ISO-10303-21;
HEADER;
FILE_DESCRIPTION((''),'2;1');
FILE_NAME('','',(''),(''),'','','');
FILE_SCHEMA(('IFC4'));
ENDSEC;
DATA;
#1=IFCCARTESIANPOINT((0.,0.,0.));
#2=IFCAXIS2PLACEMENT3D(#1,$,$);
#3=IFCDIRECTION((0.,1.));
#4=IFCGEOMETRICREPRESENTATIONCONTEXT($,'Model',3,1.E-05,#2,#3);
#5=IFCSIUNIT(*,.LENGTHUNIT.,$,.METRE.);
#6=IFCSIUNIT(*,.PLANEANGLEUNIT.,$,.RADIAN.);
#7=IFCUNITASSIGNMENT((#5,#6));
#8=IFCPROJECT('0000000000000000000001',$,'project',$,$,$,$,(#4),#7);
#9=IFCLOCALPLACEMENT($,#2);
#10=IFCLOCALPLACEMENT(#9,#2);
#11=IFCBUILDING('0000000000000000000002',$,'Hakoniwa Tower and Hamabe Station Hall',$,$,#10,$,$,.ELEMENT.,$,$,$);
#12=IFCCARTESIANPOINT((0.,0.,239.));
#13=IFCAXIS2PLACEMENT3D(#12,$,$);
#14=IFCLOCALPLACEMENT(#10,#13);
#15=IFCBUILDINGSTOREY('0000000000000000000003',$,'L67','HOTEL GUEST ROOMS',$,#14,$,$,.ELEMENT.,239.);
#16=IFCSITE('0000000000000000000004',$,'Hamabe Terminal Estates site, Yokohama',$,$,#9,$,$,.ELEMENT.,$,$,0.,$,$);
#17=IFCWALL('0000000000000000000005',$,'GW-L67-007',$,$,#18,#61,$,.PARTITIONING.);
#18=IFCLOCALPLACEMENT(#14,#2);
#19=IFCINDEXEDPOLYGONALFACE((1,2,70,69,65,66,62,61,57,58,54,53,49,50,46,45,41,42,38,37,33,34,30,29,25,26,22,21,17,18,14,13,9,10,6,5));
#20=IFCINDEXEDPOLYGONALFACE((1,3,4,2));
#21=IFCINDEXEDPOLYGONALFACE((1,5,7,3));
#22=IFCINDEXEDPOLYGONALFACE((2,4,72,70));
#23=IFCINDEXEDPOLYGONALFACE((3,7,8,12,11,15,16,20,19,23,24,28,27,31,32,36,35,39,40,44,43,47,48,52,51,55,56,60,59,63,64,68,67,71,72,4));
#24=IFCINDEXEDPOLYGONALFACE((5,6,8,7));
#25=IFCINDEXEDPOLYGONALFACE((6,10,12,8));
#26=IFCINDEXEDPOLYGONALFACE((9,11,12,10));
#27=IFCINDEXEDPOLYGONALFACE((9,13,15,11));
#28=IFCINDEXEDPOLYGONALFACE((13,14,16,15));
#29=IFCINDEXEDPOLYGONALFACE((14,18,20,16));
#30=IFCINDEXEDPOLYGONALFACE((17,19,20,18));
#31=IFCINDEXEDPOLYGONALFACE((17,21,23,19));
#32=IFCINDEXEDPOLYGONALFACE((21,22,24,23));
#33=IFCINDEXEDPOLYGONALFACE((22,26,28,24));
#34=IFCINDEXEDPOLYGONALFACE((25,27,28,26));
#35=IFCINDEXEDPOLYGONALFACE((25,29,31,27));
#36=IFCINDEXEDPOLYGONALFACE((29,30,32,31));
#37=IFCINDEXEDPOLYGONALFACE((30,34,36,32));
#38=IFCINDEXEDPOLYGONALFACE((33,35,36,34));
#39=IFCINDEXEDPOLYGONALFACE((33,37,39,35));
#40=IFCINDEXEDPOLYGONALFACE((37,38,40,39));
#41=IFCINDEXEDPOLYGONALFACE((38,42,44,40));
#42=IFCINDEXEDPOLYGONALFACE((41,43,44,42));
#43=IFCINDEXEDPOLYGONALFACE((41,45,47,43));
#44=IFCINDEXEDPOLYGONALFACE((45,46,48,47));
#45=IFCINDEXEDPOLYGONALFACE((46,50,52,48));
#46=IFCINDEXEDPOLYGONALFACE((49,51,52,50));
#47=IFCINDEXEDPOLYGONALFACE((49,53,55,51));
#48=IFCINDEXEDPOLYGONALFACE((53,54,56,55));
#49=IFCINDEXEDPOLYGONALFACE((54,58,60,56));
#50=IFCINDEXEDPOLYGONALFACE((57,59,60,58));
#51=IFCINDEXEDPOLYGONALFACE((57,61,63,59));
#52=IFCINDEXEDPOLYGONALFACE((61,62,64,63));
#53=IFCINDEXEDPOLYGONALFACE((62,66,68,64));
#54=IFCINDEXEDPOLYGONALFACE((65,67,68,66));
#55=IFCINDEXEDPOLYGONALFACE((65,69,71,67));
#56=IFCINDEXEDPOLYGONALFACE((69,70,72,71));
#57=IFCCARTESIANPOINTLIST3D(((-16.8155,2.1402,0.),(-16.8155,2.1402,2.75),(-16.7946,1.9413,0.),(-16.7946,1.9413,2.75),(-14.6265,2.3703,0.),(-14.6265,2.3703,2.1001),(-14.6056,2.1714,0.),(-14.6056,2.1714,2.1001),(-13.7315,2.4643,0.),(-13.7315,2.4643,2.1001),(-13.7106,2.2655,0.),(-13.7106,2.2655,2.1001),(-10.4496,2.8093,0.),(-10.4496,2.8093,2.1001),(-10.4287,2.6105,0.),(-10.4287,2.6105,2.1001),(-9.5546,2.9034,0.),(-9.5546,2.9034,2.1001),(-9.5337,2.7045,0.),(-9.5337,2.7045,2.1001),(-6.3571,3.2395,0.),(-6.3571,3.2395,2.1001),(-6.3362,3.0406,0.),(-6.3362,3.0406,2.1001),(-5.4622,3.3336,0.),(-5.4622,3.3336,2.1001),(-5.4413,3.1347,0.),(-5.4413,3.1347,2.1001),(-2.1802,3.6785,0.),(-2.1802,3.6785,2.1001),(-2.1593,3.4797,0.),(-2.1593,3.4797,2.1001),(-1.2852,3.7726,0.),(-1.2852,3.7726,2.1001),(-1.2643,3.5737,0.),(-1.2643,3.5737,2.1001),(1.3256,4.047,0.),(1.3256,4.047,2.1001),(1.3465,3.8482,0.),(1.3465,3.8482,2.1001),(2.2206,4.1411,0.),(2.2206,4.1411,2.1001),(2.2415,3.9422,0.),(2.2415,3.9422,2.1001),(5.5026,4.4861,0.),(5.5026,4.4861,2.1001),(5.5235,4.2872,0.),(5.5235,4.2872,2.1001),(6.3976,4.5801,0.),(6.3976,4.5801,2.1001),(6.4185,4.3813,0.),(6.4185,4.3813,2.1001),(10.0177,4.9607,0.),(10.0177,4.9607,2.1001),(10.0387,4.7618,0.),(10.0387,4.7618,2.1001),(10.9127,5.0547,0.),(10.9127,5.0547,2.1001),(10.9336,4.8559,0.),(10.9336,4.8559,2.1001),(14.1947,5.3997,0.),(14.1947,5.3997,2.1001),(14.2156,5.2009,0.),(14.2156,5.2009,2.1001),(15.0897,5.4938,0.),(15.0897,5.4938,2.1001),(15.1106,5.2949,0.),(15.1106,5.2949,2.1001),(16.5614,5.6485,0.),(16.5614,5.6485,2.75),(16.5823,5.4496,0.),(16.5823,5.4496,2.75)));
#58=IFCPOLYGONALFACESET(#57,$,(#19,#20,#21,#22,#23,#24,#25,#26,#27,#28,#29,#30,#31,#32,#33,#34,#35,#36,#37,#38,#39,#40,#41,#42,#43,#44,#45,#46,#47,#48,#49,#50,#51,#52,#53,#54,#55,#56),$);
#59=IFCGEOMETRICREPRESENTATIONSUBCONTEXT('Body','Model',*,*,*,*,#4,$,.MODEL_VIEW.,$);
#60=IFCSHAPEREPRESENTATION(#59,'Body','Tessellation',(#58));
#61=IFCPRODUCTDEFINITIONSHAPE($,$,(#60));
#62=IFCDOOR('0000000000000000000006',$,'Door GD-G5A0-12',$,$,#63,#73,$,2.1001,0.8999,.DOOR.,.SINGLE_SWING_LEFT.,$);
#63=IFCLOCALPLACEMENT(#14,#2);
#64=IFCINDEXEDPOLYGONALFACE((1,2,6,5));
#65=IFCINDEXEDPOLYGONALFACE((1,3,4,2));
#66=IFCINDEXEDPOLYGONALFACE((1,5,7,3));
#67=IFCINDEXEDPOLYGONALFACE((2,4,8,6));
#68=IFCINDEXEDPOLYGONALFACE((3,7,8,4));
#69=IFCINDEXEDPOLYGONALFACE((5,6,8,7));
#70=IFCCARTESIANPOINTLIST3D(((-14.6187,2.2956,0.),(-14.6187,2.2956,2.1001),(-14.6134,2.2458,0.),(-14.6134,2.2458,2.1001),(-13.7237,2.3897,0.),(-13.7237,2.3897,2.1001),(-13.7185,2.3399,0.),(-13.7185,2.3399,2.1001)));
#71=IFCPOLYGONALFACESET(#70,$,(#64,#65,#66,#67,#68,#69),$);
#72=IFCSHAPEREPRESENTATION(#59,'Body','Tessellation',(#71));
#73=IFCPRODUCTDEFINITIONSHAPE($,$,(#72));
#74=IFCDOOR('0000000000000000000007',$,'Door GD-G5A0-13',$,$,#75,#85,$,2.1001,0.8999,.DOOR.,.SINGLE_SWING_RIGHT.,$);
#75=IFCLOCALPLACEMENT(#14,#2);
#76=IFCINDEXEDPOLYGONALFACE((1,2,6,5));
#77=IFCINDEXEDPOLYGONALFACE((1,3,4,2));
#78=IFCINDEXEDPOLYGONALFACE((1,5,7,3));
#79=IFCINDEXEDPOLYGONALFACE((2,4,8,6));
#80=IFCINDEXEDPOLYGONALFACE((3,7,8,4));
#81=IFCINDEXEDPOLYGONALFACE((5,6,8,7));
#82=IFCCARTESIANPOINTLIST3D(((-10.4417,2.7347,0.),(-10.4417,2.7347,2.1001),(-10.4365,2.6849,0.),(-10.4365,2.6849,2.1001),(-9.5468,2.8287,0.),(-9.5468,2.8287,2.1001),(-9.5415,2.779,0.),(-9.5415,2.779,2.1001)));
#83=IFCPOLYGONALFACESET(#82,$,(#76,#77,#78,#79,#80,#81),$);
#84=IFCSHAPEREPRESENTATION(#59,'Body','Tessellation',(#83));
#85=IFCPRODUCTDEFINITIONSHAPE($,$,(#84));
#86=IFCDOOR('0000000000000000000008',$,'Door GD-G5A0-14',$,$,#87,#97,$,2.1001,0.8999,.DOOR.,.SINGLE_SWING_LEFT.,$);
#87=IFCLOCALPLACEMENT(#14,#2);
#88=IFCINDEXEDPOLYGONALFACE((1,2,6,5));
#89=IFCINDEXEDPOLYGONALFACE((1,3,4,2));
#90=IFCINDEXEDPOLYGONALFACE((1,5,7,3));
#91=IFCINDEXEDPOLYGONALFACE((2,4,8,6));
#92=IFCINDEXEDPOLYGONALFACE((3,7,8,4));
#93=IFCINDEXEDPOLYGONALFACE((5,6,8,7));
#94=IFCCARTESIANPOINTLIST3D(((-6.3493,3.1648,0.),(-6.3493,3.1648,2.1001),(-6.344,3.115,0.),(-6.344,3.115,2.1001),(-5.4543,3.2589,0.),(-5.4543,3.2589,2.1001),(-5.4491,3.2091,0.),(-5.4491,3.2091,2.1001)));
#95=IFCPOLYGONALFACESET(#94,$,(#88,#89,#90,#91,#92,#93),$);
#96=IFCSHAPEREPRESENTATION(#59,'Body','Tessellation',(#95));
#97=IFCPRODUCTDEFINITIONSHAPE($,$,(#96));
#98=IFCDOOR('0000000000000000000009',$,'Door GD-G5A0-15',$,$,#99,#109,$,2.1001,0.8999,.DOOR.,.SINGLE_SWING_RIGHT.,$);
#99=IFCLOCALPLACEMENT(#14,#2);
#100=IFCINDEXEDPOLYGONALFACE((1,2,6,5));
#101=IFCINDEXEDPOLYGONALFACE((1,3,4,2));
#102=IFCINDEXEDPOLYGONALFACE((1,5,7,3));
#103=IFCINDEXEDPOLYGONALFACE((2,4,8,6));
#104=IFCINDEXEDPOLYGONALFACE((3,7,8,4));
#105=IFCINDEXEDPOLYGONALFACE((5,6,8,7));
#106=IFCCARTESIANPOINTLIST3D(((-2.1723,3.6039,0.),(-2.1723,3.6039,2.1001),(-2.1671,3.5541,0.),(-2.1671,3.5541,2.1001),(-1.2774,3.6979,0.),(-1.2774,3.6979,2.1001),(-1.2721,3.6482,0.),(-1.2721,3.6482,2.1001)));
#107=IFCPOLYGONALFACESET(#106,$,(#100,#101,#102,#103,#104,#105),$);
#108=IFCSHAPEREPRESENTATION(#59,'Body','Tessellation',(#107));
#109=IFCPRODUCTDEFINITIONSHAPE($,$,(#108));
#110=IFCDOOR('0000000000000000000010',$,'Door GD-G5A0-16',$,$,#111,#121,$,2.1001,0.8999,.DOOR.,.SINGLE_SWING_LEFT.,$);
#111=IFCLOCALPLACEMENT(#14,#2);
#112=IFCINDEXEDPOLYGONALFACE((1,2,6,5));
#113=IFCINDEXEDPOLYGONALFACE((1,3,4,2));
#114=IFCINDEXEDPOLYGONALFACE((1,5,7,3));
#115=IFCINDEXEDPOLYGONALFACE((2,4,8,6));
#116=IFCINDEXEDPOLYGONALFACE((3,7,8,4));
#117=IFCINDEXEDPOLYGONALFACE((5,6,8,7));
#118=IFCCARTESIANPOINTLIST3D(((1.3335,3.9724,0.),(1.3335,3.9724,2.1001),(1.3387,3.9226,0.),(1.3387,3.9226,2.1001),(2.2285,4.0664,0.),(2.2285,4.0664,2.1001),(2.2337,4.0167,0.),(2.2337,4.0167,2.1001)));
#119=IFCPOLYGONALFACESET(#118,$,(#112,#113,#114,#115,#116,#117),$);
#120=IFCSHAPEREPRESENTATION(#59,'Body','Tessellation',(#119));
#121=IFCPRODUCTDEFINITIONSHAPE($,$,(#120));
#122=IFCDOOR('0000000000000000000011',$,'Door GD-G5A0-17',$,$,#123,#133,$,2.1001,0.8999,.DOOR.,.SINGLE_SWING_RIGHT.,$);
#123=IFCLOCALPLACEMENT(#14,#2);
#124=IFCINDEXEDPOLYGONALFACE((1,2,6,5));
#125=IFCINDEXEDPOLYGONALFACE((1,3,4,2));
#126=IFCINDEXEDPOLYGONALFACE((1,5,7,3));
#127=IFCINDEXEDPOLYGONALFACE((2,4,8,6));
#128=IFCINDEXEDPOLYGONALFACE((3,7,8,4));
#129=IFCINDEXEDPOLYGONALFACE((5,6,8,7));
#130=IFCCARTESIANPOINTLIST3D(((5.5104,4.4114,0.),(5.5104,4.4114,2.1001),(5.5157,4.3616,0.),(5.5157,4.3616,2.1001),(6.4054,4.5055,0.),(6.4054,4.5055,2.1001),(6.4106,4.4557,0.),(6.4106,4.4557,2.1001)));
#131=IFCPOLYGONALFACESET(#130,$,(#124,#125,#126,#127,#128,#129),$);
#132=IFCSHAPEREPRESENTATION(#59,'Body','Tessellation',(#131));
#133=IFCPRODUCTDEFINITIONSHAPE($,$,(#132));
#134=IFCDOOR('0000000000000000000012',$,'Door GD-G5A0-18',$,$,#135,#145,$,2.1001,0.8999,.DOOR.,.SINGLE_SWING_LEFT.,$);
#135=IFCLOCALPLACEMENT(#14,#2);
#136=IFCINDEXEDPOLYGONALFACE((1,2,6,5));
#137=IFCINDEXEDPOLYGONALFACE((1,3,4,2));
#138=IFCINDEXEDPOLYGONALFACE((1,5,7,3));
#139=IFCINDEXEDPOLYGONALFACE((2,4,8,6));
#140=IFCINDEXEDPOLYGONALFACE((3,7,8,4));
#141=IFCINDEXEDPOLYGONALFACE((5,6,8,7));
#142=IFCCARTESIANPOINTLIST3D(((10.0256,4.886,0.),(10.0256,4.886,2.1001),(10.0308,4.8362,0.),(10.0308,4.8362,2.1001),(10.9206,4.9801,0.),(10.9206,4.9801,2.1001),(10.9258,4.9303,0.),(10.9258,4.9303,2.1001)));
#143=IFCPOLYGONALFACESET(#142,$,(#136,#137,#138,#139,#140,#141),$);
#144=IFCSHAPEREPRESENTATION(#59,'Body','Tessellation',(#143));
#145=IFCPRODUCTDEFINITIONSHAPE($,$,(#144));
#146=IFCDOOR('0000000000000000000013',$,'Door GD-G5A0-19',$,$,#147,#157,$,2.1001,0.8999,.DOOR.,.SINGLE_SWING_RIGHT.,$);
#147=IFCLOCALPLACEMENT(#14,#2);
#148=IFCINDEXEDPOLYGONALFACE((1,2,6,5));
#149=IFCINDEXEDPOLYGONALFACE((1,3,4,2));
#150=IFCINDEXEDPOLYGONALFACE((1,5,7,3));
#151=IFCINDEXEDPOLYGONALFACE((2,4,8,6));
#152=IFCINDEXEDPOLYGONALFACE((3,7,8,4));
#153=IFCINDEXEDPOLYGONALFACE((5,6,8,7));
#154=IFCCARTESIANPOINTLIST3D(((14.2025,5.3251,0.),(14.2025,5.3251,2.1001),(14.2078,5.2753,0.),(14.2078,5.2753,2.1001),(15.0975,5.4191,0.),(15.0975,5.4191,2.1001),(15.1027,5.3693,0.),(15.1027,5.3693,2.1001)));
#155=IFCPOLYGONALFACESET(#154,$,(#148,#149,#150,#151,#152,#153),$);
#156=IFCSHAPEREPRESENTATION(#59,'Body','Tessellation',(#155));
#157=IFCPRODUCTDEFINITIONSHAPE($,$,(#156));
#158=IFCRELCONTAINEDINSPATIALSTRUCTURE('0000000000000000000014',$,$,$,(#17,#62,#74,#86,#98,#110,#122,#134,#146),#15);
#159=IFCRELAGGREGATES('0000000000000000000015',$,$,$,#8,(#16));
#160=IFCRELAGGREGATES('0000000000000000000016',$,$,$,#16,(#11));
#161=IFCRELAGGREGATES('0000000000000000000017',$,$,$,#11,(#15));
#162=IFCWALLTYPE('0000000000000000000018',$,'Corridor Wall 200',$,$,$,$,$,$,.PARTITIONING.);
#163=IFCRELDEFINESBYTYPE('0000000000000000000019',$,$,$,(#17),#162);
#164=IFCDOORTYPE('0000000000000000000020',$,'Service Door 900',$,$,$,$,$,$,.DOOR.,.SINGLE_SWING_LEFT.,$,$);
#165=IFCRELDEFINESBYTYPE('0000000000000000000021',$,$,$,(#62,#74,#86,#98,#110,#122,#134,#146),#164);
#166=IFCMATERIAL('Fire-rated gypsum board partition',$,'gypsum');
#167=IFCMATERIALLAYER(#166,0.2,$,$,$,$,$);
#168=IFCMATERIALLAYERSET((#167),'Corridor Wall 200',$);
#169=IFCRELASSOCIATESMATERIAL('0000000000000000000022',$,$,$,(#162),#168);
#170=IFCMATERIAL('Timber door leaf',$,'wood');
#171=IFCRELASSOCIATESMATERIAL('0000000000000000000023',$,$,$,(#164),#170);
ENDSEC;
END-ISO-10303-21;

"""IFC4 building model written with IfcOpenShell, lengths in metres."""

from ifc_helpers import new_model, si_unit, direction, frame, frame_2d, origin, place, context, subcontext, project, spatial, rectangle, extrude, material, layer, layer_set, type_object, element, fill, save


model = new_model("IFC4")

# Units and contexts
model_context = context("Model", 3, precision=1e-05, world=origin(), true_north=direction((0.0, 1.0)))
body_context = subcontext(model_context, "Body", "Model", "MODEL_VIEW")
ifc_project = project(units=[si_unit("LENGTHUNIT", "METRE"), si_unit("PLANEANGLEUNIT", "RADIAN")], contexts=[model_context])

# Site, building, storey
site_placement = place(None, origin())
site = spatial("IfcSite", under=ifc_project, at=site_placement, Name="Hamabe Terminal Estates site, Yokohama", CompositionType="ELEMENT", RefElevation=0.0)
building_placement = place(site_placement, origin())
building = spatial("IfcBuilding", under=site, at=building_placement, Name="Hakoniwa Tower and Hamabe Station Hall", CompositionType="ELEMENT")
storey_placement = place(building_placement, frame((0.0, 0.0, 239.0)))
storey = spatial("IfcBuildingStorey", under=building, at=storey_placement, Name="L67", Description="HOTEL GUEST ROOMS", CompositionType="ELEMENT", Elevation=239.0)

# Wall, openings, doors
ifc_material_1 = material(Name="Fire-rated gypsum board partition", Category="gypsum")
ifc_layer_1 = layer(ifc_material_1, 0.2)
ifc_layer_set_1 = layer_set([ifc_layer_1], Name="Corridor Wall 200")
wall_type_1 = type_object("IfcWallType", Name="Corridor Wall 200", PredefinedType="PARTITIONING", material=ifc_layer_set_1)
wall_1_placement = place(storey_placement, frame((-16.8049, 2.0408, 0.0), z_axis=(0.0, 0.0, 1.0), x_axis=(0.994521, 0.104536, 0.0)))
wall_1 = element("IfcWall", 1, at=wall_1_placement, inside=storey, type_object=wall_type_1, Name="GW-L67-007", PredefinedType="PARTITIONING", context=body_context, shape_type="SweptSolid", body=[
    extrude(rectangle(XDim=33.5608, YDim=0.2, at=frame_2d((16.7803, 0.0))), origin(), (0.0, 0.0, 1.0), 2.75),
])
opening_1_placement = place(wall_1_placement, frame((2.2009, 0.0, 0.0)))
opening_1 = element("IfcOpeningElement", 2, at=opening_1_placement, cuts=wall_1, PredefinedType="OPENING", context=body_context, shape_type="SweptSolid", body=[
    extrude(rectangle(XDim=0.8999, YDim=2.1001, at=frame_2d((0.45, 1.05))), frame((0.0, 0.1099, 0.0), z_axis=(0.0, -1.0, 0.0), x_axis=(1.0, 0.0, 0.0)), (0.0, 0.0, 1.0), 0.22),
])
opening_2_placement = place(wall_1_placement, frame((6.4009, 0.0, 0.0)))
opening_2 = element("IfcOpeningElement", 3, at=opening_2_placement, cuts=wall_1, PredefinedType="OPENING", context=body_context, shape_type="SweptSolid", body=[
    extrude(rectangle(XDim=0.8999, YDim=2.1001, at=frame_2d((0.45, 1.05))), frame((0.0, 0.1099, 0.0), z_axis=(0.0, -1.0, 0.0), x_axis=(1.0, 0.0, 0.0)), (0.0, 0.0, 1.0), 0.22),
])
opening_3_placement = place(wall_1_placement, frame((10.5159, 0.0, 0.0)))
opening_3 = element("IfcOpeningElement", 4, at=opening_3_placement, cuts=wall_1, PredefinedType="OPENING", context=body_context, shape_type="SweptSolid", body=[
    extrude(rectangle(XDim=0.8999, YDim=2.1001, at=frame_2d((0.45, 1.05))), frame((0.0, 0.1099, 0.0), z_axis=(0.0, -1.0, 0.0), x_axis=(1.0, 0.0, 0.0)), (0.0, 0.0, 1.0), 0.22),
])
opening_4_placement = place(wall_1_placement, frame((14.7158, 0.0, 0.0)))
opening_4 = element("IfcOpeningElement", 5, at=opening_4_placement, cuts=wall_1, PredefinedType="OPENING", context=body_context, shape_type="SweptSolid", body=[
    extrude(rectangle(XDim=0.8999, YDim=2.1001, at=frame_2d((0.45, 1.05))), frame((0.0, 0.1099, 0.0), z_axis=(0.0, -1.0, 0.0), x_axis=(1.0, 0.0, 0.0)), (0.0, 0.0, 1.0), 0.22),
])
opening_5_placement = place(wall_1_placement, frame((18.241, 0.0, 0.0)))
opening_5 = element("IfcOpeningElement", 6, at=opening_5_placement, cuts=wall_1, PredefinedType="OPENING", context=body_context, shape_type="SweptSolid", body=[
    extrude(rectangle(XDim=0.8999, YDim=2.1001, at=frame_2d((0.45, 1.05))), frame((0.0, 0.1099, 0.0), z_axis=(0.0, -1.0, 0.0), x_axis=(1.0, 0.0, 0.0)), (0.0, 0.0, 1.0), 0.22),
])
opening_6_placement = place(wall_1_placement, frame((22.4409, 0.0, 0.0)))
opening_6 = element("IfcOpeningElement", 7, at=opening_6_placement, cuts=wall_1, PredefinedType="OPENING", context=body_context, shape_type="SweptSolid", body=[
    extrude(rectangle(XDim=0.8999, YDim=2.1001, at=frame_2d((0.45, 1.05))), frame((0.0, 0.1099, 0.0), z_axis=(0.0, -1.0, 0.0), x_axis=(1.0, 0.0, 0.0)), (0.0, 0.0, 1.0), 0.22),
])
opening_7_placement = place(wall_1_placement, frame((26.981, 0.0, 0.0)))
opening_7 = element("IfcOpeningElement", 8, at=opening_7_placement, cuts=wall_1, PredefinedType="OPENING", context=body_context, shape_type="SweptSolid", body=[
    extrude(rectangle(XDim=0.8999, YDim=2.1001, at=frame_2d((0.45, 1.05))), frame((0.0, 0.1099, 0.0), z_axis=(0.0, -1.0, 0.0), x_axis=(1.0, 0.0, 0.0)), (0.0, 0.0, 1.0), 0.22),
])
opening_8_placement = place(wall_1_placement, frame((31.1809, 0.0, 0.0)))
opening_8 = element("IfcOpeningElement", 9, at=opening_8_placement, cuts=wall_1, PredefinedType="OPENING", context=body_context, shape_type="SweptSolid", body=[
    extrude(rectangle(XDim=0.8999, YDim=2.1001, at=frame_2d((0.45, 1.05))), frame((0.0, 0.1099, 0.0), z_axis=(0.0, -1.0, 0.0), x_axis=(1.0, 0.0, 0.0)), (0.0, 0.0, 1.0), 0.22),
])
ifc_material_2 = material(Name="Timber door leaf", Category="wood")
door_type_1 = type_object("IfcDoorType", Name="Service Door 900", OperationType="SINGLE_SWING_LEFT", PredefinedType="DOOR", material=ifc_material_2)
door_1_placement = place(opening_1_placement, origin())
door_1 = element("IfcDoor", 10, at=door_1_placement, inside=storey, type_object=door_type_1, Name="Door GD-G5A0-12", OperationType="SINGLE_SWING_LEFT", OverallHeight=2.1001, OverallWidth=0.8999, PredefinedType="DOOR", context=body_context, shape_type="SweptSolid", body=[
    extrude(rectangle(XDim=0.8999, YDim=2.1001, at=frame_2d((0.45, 1.05))), frame((0.0, 0.0249, 0.0), z_axis=(0.0, -1.0, 0.0), x_axis=(1.0, 0.0, 0.0)), (0.0, 0.0, 1.0), 0.05),
])
fill(opening_1, door_1)
door_2_placement = place(opening_2_placement, origin())
door_2 = element("IfcDoor", 11, at=door_2_placement, inside=storey, type_object=door_type_1, Name="Door GD-G5A0-13", OperationType="SINGLE_SWING_RIGHT", OverallHeight=2.1001, OverallWidth=0.8999, PredefinedType="DOOR", context=body_context, shape_type="SweptSolid", body=[
    extrude(rectangle(XDim=0.8999, YDim=2.1001, at=frame_2d((0.45, 1.05))), frame((0.0, 0.0249, 0.0), z_axis=(0.0, -1.0, 0.0), x_axis=(1.0, 0.0, 0.0)), (0.0, 0.0, 1.0), 0.05),
])
fill(opening_2, door_2)
door_3_placement = place(opening_3_placement, origin())
door_3 = element("IfcDoor", 12, at=door_3_placement, inside=storey, type_object=door_type_1, Name="Door GD-G5A0-14", OperationType="SINGLE_SWING_LEFT", OverallHeight=2.1001, OverallWidth=0.8999, PredefinedType="DOOR", context=body_context, shape_type="SweptSolid", body=[
    extrude(rectangle(XDim=0.8999, YDim=2.1001, at=frame_2d((0.45, 1.05))), frame((0.0, 0.0249, 0.0), z_axis=(0.0, -1.0, 0.0), x_axis=(1.0, 0.0, 0.0)), (0.0, 0.0, 1.0), 0.05),
])
fill(opening_3, door_3)
door_4_placement = place(opening_4_placement, origin())
door_4 = element("IfcDoor", 13, at=door_4_placement, inside=storey, type_object=door_type_1, Name="Door GD-G5A0-15", OperationType="SINGLE_SWING_RIGHT", OverallHeight=2.1001, OverallWidth=0.8999, PredefinedType="DOOR", context=body_context, shape_type="SweptSolid", body=[
    extrude(rectangle(XDim=0.8999, YDim=2.1001, at=frame_2d((0.45, 1.05))), frame((0.0, 0.0249, 0.0), z_axis=(0.0, -1.0, 0.0), x_axis=(1.0, 0.0, 0.0)), (0.0, 0.0, 1.0), 0.05),
])
fill(opening_4, door_4)
door_5_placement = place(opening_5_placement, origin())
door_5 = element("IfcDoor", 14, at=door_5_placement, inside=storey, type_object=door_type_1, Name="Door GD-G5A0-16", OperationType="SINGLE_SWING_LEFT", OverallHeight=2.1001, OverallWidth=0.8999, PredefinedType="DOOR", context=body_context, shape_type="SweptSolid", body=[
    extrude(rectangle(XDim=0.8999, YDim=2.1001, at=frame_2d((0.45, 1.05))), frame((0.0, 0.0249, 0.0), z_axis=(0.0, -1.0, 0.0), x_axis=(1.0, 0.0, 0.0)), (0.0, 0.0, 1.0), 0.05),
])
fill(opening_5, door_5)
door_6_placement = place(opening_6_placement, origin())
door_6 = element("IfcDoor", 15, at=door_6_placement, inside=storey, type_object=door_type_1, Name="Door GD-G5A0-17", OperationType="SINGLE_SWING_RIGHT", OverallHeight=2.1001, OverallWidth=0.8999, PredefinedType="DOOR", context=body_context, shape_type="SweptSolid", body=[
    extrude(rectangle(XDim=0.8999, YDim=2.1001, at=frame_2d((0.45, 1.05))), frame((0.0, 0.0249, 0.0), z_axis=(0.0, -1.0, 0.0), x_axis=(1.0, 0.0, 0.0)), (0.0, 0.0, 1.0), 0.05),
])
fill(opening_6, door_6)
door_7_placement = place(opening_7_placement, origin())
door_7 = element("IfcDoor", 16, at=door_7_placement, inside=storey, type_object=door_type_1, Name="Door GD-G5A0-18", OperationType="SINGLE_SWING_LEFT", OverallHeight=2.1001, OverallWidth=0.8999, PredefinedType="DOOR", context=body_context, shape_type="SweptSolid", body=[
    extrude(rectangle(XDim=0.8999, YDim=2.1001, at=frame_2d((0.45, 1.05))), frame((0.0, 0.0249, 0.0), z_axis=(0.0, -1.0, 0.0), x_axis=(1.0, 0.0, 0.0)), (0.0, 0.0, 1.0), 0.05),
])
fill(opening_7, door_7)
door_8_placement = place(opening_8_placement, origin())
door_8 = element("IfcDoor", 17, at=door_8_placement, inside=storey, type_object=door_type_1, Name="Door GD-G5A0-19", OperationType="SINGLE_SWING_RIGHT", OverallHeight=2.1001, OverallWidth=0.8999, PredefinedType="DOOR", context=body_context, shape_type="SweptSolid", body=[
    extrude(rectangle(XDim=0.8999, YDim=2.1001, at=frame_2d((0.45, 1.05))), frame((0.0, 0.0249, 0.0), z_axis=(0.0, -1.0, 0.0), x_axis=(1.0, 0.0, 0.0)), (0.0, 0.0, 1.0), 0.05),
])
fill(opening_8, door_8)

save(model, "model.ifc")
